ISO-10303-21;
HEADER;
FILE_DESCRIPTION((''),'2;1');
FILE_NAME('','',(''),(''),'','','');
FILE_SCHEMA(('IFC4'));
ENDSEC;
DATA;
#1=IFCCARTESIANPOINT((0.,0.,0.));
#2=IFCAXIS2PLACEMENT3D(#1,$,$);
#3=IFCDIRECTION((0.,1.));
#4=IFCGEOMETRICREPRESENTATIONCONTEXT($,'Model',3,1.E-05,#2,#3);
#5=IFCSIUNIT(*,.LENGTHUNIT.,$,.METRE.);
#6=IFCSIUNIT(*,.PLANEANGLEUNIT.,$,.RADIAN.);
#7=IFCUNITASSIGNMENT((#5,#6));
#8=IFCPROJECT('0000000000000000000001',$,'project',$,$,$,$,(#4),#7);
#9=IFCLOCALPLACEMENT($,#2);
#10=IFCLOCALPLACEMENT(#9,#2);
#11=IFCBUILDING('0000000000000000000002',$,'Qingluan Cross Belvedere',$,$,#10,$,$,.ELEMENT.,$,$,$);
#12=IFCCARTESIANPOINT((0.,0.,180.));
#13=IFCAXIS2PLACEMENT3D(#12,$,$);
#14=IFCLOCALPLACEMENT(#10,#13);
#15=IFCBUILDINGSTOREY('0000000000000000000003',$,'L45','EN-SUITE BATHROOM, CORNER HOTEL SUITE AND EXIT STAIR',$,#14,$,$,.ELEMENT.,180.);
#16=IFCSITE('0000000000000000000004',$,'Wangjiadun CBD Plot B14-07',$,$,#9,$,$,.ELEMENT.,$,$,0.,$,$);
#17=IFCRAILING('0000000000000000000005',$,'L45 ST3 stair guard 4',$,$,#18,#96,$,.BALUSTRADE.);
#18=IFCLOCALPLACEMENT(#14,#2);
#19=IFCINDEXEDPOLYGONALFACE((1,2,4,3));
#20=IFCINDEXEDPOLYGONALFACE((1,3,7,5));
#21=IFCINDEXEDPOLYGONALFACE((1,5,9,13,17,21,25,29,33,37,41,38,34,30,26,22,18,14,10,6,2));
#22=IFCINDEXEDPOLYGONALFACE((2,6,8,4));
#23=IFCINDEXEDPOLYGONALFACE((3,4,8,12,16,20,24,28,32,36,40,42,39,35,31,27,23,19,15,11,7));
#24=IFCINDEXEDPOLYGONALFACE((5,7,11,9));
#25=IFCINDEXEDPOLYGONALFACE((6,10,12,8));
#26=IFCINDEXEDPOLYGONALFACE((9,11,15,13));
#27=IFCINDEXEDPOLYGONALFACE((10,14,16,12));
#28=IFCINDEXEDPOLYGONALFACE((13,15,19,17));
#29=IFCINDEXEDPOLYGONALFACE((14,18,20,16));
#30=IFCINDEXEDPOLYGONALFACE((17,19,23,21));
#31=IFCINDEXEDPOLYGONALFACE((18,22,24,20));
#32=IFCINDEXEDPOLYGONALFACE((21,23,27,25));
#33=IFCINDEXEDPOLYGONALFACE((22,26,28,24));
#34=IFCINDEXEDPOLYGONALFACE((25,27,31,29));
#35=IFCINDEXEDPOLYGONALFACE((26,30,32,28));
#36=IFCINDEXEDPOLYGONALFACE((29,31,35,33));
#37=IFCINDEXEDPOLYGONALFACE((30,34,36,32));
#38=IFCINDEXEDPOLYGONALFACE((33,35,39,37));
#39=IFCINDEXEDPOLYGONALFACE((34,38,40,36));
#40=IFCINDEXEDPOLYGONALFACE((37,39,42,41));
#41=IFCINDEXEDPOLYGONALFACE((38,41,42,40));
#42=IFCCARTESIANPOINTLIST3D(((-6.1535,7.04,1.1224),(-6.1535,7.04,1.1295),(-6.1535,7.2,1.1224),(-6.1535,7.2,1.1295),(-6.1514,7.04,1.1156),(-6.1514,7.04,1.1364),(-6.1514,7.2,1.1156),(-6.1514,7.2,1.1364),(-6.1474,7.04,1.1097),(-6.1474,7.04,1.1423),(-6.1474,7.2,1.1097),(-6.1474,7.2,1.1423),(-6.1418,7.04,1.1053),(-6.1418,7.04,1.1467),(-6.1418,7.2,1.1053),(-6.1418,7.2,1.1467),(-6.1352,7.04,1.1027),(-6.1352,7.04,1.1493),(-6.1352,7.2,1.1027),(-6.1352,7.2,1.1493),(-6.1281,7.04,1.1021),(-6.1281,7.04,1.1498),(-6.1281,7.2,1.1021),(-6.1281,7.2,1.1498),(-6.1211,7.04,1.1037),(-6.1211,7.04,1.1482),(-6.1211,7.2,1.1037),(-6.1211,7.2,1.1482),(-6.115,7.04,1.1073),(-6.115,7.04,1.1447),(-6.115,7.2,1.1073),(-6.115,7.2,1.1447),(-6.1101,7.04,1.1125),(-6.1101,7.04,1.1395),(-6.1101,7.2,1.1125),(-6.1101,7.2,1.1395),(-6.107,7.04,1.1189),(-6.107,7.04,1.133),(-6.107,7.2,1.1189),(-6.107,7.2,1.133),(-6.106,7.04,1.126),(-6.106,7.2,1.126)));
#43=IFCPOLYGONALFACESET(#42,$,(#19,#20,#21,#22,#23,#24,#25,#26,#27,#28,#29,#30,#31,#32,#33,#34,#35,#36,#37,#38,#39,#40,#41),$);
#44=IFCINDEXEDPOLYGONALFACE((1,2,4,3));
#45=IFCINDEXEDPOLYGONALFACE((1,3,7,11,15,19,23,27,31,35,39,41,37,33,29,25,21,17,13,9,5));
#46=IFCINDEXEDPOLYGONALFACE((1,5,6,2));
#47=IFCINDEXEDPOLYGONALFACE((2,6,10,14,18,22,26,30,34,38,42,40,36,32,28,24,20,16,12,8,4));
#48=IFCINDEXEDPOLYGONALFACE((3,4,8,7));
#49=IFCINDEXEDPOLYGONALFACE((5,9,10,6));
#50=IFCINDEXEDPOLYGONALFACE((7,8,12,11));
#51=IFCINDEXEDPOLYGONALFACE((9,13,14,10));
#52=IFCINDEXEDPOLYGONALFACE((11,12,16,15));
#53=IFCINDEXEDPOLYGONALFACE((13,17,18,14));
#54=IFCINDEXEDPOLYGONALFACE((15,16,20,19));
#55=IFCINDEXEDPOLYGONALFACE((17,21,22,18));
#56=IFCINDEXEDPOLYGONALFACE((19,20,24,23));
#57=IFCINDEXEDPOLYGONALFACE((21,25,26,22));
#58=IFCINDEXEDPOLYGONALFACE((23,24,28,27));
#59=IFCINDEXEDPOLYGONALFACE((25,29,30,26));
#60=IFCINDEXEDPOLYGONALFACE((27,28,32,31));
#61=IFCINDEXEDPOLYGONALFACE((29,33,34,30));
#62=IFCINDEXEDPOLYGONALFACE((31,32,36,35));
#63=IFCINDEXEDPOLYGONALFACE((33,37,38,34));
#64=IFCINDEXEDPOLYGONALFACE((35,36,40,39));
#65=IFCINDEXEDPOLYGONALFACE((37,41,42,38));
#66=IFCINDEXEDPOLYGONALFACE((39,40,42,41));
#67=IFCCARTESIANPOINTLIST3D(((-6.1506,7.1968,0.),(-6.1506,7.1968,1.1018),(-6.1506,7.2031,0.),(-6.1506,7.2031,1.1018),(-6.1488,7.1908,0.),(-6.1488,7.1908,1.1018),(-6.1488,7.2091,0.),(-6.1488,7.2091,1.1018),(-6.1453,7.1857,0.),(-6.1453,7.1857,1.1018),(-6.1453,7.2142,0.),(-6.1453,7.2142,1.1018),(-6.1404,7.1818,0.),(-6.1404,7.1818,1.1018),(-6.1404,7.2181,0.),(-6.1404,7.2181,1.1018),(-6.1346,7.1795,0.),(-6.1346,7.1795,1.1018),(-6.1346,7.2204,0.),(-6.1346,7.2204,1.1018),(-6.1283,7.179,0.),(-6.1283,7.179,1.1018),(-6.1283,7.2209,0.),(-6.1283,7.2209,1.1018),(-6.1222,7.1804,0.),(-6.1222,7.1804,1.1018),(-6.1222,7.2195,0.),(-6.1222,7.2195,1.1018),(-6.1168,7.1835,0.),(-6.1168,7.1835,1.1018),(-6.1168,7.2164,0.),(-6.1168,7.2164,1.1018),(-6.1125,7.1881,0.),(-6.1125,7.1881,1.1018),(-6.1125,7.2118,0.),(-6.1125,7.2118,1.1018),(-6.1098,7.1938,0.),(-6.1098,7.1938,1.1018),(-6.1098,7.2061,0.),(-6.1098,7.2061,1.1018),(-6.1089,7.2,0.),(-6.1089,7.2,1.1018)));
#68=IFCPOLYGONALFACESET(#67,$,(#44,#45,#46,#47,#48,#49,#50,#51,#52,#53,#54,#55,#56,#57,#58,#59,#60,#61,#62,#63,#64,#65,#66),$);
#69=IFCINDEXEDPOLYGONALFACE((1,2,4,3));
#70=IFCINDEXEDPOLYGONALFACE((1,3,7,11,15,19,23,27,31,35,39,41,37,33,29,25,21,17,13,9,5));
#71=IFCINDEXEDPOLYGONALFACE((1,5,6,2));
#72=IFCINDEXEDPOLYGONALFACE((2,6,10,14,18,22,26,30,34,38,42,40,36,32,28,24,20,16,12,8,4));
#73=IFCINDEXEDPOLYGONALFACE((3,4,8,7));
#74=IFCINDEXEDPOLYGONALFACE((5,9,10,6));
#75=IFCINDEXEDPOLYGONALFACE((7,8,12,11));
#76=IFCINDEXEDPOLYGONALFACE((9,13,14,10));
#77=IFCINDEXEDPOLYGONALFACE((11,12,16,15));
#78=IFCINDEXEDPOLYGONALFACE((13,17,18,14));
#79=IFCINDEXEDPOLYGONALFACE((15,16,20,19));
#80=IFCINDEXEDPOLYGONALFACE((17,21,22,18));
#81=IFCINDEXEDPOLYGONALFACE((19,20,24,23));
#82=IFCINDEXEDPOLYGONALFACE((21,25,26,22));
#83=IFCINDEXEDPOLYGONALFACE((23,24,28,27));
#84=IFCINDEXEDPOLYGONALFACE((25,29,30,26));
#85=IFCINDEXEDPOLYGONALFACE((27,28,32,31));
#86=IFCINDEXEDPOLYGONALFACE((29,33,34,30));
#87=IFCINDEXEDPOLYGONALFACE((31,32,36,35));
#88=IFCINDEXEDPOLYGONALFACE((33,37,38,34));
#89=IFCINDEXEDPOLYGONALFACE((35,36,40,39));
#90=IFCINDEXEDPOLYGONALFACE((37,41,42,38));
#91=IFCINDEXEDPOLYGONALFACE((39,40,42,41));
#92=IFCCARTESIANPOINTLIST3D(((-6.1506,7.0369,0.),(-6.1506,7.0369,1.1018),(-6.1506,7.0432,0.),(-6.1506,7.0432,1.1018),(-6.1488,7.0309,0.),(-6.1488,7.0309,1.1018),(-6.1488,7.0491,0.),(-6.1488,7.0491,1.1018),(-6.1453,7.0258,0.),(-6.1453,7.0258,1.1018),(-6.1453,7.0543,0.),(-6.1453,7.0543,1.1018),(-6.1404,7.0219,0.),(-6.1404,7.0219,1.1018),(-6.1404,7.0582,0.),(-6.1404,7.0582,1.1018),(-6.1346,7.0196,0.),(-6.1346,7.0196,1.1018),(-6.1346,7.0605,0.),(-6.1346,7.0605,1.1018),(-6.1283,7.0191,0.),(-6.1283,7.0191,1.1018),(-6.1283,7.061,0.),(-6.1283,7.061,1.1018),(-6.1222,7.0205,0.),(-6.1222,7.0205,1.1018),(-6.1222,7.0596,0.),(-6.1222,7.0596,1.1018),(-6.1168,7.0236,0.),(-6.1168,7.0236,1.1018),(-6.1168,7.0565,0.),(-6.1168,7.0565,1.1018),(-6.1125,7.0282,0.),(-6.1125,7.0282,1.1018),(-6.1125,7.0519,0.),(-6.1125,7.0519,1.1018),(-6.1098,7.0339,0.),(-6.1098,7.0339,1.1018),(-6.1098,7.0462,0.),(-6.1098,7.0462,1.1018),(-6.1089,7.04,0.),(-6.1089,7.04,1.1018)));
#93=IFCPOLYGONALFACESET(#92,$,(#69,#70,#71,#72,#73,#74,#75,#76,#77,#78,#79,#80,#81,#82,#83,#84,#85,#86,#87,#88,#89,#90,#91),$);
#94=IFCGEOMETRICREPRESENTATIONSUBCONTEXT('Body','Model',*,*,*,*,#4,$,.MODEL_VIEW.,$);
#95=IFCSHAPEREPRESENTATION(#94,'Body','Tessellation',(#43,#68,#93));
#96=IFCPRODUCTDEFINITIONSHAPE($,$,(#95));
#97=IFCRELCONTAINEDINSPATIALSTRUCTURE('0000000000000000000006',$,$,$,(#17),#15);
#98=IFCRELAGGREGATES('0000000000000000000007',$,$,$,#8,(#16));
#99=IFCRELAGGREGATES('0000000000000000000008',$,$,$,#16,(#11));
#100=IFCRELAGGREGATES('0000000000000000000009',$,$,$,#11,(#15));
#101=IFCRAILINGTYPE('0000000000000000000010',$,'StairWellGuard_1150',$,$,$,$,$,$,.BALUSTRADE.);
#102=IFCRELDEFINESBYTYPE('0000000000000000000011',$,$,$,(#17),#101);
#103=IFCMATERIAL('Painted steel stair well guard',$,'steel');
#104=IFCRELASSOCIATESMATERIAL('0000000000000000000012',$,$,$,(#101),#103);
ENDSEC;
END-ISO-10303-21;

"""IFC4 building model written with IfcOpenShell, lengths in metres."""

from ifc_helpers import new_model, si_unit, direction, frame, origin, origin_2d, place, context, subcontext, project, spatial, circle, extrude, material, type_object, element, save


model = new_model("IFC4")

# Units and contexts
model_context = context("Model", 3, precision=1e-05, world=origin(), true_north=direction((0.0, 1.0)))
body_context = subcontext(model_context, "Body", "Model", "MODEL_VIEW")
ifc_project = project(units=[si_unit("LENGTHUNIT", "METRE"), si_unit("PLANEANGLEUNIT", "RADIAN")], contexts=[model_context])

# Site, building, storey
site_placement = place(None, origin())
site = spatial("IfcSite", under=ifc_project, at=site_placement, Name="Wangjiadun CBD Plot B14-07", CompositionType="ELEMENT", RefElevation=0.0)
building_placement = place(site_placement, origin())
building = spatial("IfcBuilding", under=site, at=building_placement, Name="Qingluan Cross Belvedere", CompositionType="ELEMENT")
storey_placement = place(building_placement, frame((0.0, 0.0, 180.0)))
storey = spatial("IfcBuildingStorey", under=building, at=storey_placement, Name="L45", Description="EN-SUITE BATHROOM, CORNER HOTEL SUITE AND EXIT STAIR", CompositionType="ELEMENT", Elevation=180.0)

# Railing
ifc_material_1 = material(Name="Painted steel stair well guard", Category="steel")
railing_type_1 = type_object("IfcRailingType", Name="StairWellGuard_1150", PredefinedType="BALUSTRADE", material=ifc_material_1)
railing_1_placement = place(storey_placement, frame((-6.1299, 7.2, 0.0)))
element("IfcRailing", 1, at=railing_1_placement, inside=storey, type_object=railing_type_1, Name="L45 ST3 stair guard 4", PredefinedType="BALUSTRADE", context=body_context, shape_type="SweptSolid", body=[
    extrude(circle(Radius=0.0239, at=origin_2d()), frame((0.0, 0.0, 1.126), z_axis=(0.0, -1.0, 0.0), x_axis=(1.0, 0.0, 0.0)), (0.0, 0.0, 1.0), 0.1599),
    extrude(circle(Radius=0.021, at=origin_2d()), origin(), (0.0, 0.0, 1.0), 1.1018),
    extrude(circle(Radius=0.021, at=origin_2d()), frame((0.0, -0.1599, 0.0)), (0.0, 0.0, 1.0), 1.1018),
])

save(model, "model.ifc")
